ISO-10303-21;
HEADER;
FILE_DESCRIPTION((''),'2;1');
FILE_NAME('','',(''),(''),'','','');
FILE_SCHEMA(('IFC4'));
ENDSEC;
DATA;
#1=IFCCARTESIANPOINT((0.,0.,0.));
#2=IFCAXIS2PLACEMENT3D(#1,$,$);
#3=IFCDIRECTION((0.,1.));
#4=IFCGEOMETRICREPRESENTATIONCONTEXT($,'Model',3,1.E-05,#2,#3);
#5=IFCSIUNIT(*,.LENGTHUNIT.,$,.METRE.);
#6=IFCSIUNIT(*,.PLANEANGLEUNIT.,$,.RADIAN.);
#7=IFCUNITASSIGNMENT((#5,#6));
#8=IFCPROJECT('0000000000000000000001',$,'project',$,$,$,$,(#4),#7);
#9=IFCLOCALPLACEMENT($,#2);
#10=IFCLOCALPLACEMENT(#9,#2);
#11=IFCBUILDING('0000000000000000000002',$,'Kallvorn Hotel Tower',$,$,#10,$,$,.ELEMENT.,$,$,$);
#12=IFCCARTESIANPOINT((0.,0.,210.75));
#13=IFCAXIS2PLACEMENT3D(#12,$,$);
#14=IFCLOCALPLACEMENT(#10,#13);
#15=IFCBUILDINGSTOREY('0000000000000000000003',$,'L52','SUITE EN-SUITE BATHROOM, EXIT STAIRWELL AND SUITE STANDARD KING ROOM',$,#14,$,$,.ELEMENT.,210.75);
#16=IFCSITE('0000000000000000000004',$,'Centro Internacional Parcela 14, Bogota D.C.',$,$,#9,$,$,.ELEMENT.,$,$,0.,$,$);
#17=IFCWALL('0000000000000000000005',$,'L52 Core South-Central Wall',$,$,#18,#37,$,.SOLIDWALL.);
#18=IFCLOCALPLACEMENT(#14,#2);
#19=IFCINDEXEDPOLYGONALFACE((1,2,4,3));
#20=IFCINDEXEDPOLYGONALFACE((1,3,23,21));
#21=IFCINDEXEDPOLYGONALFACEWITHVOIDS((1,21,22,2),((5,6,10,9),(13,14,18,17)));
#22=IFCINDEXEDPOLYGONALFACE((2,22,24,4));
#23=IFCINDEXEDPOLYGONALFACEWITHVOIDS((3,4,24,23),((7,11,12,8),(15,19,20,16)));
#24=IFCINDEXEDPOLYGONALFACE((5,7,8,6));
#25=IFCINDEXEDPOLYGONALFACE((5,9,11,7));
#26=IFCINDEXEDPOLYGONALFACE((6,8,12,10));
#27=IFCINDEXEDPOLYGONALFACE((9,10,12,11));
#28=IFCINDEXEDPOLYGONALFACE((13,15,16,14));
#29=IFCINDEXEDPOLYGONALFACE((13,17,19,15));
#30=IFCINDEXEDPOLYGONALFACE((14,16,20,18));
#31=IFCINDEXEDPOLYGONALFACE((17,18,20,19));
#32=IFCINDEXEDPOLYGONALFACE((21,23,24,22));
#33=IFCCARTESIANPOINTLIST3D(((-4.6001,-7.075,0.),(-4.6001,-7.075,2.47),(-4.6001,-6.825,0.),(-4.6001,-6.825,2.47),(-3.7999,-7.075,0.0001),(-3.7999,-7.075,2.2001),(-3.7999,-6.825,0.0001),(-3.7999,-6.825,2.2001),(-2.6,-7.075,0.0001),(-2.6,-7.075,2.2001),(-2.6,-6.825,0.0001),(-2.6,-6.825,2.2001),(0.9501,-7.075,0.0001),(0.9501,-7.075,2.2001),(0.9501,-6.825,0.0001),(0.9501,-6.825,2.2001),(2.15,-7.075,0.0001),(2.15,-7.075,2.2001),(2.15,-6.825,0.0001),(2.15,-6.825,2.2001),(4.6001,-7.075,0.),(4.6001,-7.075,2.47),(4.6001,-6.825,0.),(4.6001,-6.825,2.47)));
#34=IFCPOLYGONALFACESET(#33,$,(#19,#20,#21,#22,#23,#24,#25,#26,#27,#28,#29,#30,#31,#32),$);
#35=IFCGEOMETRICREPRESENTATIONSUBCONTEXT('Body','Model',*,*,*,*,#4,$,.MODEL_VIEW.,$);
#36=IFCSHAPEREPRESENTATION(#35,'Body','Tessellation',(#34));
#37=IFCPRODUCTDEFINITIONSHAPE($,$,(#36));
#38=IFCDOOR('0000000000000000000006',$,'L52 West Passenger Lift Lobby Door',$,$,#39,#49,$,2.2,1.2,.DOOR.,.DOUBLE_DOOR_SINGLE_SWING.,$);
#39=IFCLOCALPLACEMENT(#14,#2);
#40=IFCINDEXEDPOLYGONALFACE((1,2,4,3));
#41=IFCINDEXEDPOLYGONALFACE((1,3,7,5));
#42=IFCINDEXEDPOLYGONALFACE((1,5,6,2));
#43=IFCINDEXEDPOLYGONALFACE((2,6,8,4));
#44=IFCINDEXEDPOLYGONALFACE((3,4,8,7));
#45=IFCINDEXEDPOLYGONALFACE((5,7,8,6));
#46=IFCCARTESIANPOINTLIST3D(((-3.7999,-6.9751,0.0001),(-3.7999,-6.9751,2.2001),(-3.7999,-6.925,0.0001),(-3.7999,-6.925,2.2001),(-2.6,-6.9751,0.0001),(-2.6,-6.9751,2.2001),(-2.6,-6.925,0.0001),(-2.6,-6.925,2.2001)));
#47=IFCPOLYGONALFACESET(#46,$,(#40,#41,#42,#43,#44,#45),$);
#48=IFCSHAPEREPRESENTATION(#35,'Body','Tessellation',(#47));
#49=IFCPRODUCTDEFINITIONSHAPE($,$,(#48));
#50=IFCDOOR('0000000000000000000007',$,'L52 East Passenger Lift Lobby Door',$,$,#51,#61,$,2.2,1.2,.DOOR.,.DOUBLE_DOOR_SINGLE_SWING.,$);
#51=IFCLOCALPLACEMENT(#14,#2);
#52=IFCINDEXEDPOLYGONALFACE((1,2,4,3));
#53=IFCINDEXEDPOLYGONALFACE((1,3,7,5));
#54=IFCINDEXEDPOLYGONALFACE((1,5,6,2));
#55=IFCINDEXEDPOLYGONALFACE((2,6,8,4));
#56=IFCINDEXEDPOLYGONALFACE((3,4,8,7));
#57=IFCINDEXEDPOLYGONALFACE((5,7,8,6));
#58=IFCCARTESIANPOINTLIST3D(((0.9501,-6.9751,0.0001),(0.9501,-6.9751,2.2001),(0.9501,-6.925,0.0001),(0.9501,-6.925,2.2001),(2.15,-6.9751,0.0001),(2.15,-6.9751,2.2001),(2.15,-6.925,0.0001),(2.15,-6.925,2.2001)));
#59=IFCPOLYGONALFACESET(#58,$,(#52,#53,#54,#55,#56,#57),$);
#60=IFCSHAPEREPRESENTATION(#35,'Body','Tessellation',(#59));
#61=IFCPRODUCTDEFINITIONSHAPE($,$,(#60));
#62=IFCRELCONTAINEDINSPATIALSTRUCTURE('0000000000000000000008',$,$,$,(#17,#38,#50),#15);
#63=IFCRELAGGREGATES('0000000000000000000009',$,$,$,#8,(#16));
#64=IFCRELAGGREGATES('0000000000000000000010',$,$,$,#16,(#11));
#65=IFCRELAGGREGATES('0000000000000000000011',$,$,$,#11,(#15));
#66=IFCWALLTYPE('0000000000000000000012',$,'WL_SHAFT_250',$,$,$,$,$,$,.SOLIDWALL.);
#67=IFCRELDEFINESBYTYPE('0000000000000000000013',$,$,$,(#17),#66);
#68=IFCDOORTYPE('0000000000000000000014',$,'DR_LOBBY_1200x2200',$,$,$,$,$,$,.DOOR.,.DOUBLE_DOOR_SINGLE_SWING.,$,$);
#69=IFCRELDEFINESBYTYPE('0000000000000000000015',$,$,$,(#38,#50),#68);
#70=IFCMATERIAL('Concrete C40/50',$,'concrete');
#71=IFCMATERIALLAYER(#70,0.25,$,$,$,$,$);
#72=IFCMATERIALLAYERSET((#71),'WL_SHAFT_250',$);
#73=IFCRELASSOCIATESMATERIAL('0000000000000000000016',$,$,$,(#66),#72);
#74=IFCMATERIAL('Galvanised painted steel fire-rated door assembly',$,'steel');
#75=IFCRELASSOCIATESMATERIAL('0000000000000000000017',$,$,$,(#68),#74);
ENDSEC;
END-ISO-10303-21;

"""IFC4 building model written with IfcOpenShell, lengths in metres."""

from ifc_helpers import new_model, si_unit, direction, frame, frame_2d, origin, place, context, subcontext, project, spatial, rectangle, extrude, material, layer, layer_set, type_object, element, fill, save


model = new_model("IFC4")

# Units and contexts
model_context = context("Model", 3, precision=1e-05, world=origin(), true_north=direction((0.0, 1.0)))
body_context = subcontext(model_context, "Body", "Model", "MODEL_VIEW")
ifc_project = project(units=[si_unit("LENGTHUNIT", "METRE"), si_unit("PLANEANGLEUNIT", "RADIAN")], contexts=[model_context])

# Site, building, storey
site_placement = place(None, origin())
site = spatial("IfcSite", under=ifc_project, at=site_placement, Name="Centro Internacional Parcela 14, Bogota D.C.", CompositionType="ELEMENT", RefElevation=0.0)
building_placement = place(site_placement, origin())
building = spatial("IfcBuilding", under=site, at=building_placement, Name="Kallvorn Hotel Tower", CompositionType="ELEMENT")
storey_placement = place(building_placement, frame((0.0, 0.0, 210.75)))
storey = spatial("IfcBuildingStorey", under=building, at=storey_placement, Name="L52", Description="SUITE EN-SUITE BATHROOM, EXIT STAIRWELL AND SUITE STANDARD KING ROOM", CompositionType="ELEMENT", Elevation=210.75)

# Wall, openings, doors
ifc_material_1 = material(Name="Concrete C40/50", Category="concrete")
ifc_layer_1 = layer(ifc_material_1, 0.25)
ifc_layer_set_1 = layer_set([ifc_layer_1], Name="WL_SHAFT_250")
wall_type_1 = type_object("IfcWallType", Name="WL_SHAFT_250", PredefinedType="SOLIDWALL", material=ifc_layer_set_1)
wall_1_placement = place(storey_placement, frame((-4.6001, -6.95, 0.0), z_axis=(0.0, 0.0, 1.0), x_axis=(1.0, 0.0, 0.0)))
wall_1 = element("IfcWall", 1, at=wall_1_placement, inside=storey, type_object=wall_type_1, Name="L52 Core South-Central Wall", PredefinedType="SOLIDWALL", context=body_context, shape_type="SweptSolid", body=[
    extrude(rectangle(XDim=9.2002, YDim=0.25, at=frame_2d((4.6001, 0.0))), origin(), (0.0, 0.0, 1.0), 2.47),
])
opening_1_placement = place(wall_1_placement, frame((0.8, 0.0, 0.0)))
opening_1 = element("IfcOpeningElement", 2, at=opening_1_placement, cuts=wall_1, PredefinedType="OPENING", context=body_context, shape_type="SweptSolid", body=[
    extrude(rectangle(XDim=1.2, YDim=2.2, at=frame_2d((0.6001, 1.1001))), frame((0.0, 0.1399, 0.0), z_axis=(0.0, -1.0, 0.0), x_axis=(1.0, 0.0, 0.0)), (0.0, 0.0, 1.0), 0.28),
])
opening_2_placement = place(wall_1_placement, frame((5.55, 0.0, 0.0)))
opening_2 = element("IfcOpeningElement", 3, at=opening_2_placement, cuts=wall_1, PredefinedType="OPENING", context=body_context, shape_type="SweptSolid", body=[
    extrude(rectangle(XDim=1.2, YDim=2.2, at=frame_2d((0.6001, 1.1001))), frame((0.0, 0.1399, 0.0), z_axis=(0.0, -1.0, 0.0), x_axis=(1.0, 0.0, 0.0)), (0.0, 0.0, 1.0), 0.28),
])
ifc_material_2 = material(Name="Galvanised painted steel fire-rated door assembly", Category="steel")
door_type_1 = type_object("IfcDoorType", Name="DR_LOBBY_1200x2200", OperationType="DOUBLE_DOOR_SINGLE_SWING", PredefinedType="DOOR", material=ifc_material_2)
door_1_placement = place(opening_1_placement, origin())
door_1 = element("IfcDoor", 4, at=door_1_placement, inside=storey, type_object=door_type_1, Name="L52 West Passenger Lift Lobby Door", OperationType="DOUBLE_DOOR_SINGLE_SWING", OverallHeight=2.2, OverallWidth=1.2, PredefinedType="DOOR", context=body_context, shape_type="SweptSolid", body=[
    extrude(rectangle(XDim=1.2, YDim=2.2, at=frame_2d((0.6001, 1.1001))), frame((0.0, 0.0249, 0.0), z_axis=(0.0, -1.0, 0.0), x_axis=(1.0, 0.0, 0.0)), (0.0, 0.0, 1.0), 0.05),
])
fill(opening_1, door_1)
door_2_placement = place(opening_2_placement, origin())
door_2 = element("IfcDoor", 5, at=door_2_placement, inside=storey, type_object=door_type_1, Name="L52 East Passenger Lift Lobby Door", OperationType="DOUBLE_DOOR_SINGLE_SWING", OverallHeight=2.2, OverallWidth=1.2, PredefinedType="DOOR", context=body_context, shape_type="SweptSolid", body=[
    extrude(rectangle(XDim=1.2, YDim=2.2, at=frame_2d((0.6001, 1.1001))), frame((0.0, 0.0249, 0.0), z_axis=(0.0, -1.0, 0.0), x_axis=(1.0, 0.0, 0.0)), (0.0, 0.0, 1.0), 0.05),
])
fill(opening_2, door_2)

save(model, "model.ifc")
